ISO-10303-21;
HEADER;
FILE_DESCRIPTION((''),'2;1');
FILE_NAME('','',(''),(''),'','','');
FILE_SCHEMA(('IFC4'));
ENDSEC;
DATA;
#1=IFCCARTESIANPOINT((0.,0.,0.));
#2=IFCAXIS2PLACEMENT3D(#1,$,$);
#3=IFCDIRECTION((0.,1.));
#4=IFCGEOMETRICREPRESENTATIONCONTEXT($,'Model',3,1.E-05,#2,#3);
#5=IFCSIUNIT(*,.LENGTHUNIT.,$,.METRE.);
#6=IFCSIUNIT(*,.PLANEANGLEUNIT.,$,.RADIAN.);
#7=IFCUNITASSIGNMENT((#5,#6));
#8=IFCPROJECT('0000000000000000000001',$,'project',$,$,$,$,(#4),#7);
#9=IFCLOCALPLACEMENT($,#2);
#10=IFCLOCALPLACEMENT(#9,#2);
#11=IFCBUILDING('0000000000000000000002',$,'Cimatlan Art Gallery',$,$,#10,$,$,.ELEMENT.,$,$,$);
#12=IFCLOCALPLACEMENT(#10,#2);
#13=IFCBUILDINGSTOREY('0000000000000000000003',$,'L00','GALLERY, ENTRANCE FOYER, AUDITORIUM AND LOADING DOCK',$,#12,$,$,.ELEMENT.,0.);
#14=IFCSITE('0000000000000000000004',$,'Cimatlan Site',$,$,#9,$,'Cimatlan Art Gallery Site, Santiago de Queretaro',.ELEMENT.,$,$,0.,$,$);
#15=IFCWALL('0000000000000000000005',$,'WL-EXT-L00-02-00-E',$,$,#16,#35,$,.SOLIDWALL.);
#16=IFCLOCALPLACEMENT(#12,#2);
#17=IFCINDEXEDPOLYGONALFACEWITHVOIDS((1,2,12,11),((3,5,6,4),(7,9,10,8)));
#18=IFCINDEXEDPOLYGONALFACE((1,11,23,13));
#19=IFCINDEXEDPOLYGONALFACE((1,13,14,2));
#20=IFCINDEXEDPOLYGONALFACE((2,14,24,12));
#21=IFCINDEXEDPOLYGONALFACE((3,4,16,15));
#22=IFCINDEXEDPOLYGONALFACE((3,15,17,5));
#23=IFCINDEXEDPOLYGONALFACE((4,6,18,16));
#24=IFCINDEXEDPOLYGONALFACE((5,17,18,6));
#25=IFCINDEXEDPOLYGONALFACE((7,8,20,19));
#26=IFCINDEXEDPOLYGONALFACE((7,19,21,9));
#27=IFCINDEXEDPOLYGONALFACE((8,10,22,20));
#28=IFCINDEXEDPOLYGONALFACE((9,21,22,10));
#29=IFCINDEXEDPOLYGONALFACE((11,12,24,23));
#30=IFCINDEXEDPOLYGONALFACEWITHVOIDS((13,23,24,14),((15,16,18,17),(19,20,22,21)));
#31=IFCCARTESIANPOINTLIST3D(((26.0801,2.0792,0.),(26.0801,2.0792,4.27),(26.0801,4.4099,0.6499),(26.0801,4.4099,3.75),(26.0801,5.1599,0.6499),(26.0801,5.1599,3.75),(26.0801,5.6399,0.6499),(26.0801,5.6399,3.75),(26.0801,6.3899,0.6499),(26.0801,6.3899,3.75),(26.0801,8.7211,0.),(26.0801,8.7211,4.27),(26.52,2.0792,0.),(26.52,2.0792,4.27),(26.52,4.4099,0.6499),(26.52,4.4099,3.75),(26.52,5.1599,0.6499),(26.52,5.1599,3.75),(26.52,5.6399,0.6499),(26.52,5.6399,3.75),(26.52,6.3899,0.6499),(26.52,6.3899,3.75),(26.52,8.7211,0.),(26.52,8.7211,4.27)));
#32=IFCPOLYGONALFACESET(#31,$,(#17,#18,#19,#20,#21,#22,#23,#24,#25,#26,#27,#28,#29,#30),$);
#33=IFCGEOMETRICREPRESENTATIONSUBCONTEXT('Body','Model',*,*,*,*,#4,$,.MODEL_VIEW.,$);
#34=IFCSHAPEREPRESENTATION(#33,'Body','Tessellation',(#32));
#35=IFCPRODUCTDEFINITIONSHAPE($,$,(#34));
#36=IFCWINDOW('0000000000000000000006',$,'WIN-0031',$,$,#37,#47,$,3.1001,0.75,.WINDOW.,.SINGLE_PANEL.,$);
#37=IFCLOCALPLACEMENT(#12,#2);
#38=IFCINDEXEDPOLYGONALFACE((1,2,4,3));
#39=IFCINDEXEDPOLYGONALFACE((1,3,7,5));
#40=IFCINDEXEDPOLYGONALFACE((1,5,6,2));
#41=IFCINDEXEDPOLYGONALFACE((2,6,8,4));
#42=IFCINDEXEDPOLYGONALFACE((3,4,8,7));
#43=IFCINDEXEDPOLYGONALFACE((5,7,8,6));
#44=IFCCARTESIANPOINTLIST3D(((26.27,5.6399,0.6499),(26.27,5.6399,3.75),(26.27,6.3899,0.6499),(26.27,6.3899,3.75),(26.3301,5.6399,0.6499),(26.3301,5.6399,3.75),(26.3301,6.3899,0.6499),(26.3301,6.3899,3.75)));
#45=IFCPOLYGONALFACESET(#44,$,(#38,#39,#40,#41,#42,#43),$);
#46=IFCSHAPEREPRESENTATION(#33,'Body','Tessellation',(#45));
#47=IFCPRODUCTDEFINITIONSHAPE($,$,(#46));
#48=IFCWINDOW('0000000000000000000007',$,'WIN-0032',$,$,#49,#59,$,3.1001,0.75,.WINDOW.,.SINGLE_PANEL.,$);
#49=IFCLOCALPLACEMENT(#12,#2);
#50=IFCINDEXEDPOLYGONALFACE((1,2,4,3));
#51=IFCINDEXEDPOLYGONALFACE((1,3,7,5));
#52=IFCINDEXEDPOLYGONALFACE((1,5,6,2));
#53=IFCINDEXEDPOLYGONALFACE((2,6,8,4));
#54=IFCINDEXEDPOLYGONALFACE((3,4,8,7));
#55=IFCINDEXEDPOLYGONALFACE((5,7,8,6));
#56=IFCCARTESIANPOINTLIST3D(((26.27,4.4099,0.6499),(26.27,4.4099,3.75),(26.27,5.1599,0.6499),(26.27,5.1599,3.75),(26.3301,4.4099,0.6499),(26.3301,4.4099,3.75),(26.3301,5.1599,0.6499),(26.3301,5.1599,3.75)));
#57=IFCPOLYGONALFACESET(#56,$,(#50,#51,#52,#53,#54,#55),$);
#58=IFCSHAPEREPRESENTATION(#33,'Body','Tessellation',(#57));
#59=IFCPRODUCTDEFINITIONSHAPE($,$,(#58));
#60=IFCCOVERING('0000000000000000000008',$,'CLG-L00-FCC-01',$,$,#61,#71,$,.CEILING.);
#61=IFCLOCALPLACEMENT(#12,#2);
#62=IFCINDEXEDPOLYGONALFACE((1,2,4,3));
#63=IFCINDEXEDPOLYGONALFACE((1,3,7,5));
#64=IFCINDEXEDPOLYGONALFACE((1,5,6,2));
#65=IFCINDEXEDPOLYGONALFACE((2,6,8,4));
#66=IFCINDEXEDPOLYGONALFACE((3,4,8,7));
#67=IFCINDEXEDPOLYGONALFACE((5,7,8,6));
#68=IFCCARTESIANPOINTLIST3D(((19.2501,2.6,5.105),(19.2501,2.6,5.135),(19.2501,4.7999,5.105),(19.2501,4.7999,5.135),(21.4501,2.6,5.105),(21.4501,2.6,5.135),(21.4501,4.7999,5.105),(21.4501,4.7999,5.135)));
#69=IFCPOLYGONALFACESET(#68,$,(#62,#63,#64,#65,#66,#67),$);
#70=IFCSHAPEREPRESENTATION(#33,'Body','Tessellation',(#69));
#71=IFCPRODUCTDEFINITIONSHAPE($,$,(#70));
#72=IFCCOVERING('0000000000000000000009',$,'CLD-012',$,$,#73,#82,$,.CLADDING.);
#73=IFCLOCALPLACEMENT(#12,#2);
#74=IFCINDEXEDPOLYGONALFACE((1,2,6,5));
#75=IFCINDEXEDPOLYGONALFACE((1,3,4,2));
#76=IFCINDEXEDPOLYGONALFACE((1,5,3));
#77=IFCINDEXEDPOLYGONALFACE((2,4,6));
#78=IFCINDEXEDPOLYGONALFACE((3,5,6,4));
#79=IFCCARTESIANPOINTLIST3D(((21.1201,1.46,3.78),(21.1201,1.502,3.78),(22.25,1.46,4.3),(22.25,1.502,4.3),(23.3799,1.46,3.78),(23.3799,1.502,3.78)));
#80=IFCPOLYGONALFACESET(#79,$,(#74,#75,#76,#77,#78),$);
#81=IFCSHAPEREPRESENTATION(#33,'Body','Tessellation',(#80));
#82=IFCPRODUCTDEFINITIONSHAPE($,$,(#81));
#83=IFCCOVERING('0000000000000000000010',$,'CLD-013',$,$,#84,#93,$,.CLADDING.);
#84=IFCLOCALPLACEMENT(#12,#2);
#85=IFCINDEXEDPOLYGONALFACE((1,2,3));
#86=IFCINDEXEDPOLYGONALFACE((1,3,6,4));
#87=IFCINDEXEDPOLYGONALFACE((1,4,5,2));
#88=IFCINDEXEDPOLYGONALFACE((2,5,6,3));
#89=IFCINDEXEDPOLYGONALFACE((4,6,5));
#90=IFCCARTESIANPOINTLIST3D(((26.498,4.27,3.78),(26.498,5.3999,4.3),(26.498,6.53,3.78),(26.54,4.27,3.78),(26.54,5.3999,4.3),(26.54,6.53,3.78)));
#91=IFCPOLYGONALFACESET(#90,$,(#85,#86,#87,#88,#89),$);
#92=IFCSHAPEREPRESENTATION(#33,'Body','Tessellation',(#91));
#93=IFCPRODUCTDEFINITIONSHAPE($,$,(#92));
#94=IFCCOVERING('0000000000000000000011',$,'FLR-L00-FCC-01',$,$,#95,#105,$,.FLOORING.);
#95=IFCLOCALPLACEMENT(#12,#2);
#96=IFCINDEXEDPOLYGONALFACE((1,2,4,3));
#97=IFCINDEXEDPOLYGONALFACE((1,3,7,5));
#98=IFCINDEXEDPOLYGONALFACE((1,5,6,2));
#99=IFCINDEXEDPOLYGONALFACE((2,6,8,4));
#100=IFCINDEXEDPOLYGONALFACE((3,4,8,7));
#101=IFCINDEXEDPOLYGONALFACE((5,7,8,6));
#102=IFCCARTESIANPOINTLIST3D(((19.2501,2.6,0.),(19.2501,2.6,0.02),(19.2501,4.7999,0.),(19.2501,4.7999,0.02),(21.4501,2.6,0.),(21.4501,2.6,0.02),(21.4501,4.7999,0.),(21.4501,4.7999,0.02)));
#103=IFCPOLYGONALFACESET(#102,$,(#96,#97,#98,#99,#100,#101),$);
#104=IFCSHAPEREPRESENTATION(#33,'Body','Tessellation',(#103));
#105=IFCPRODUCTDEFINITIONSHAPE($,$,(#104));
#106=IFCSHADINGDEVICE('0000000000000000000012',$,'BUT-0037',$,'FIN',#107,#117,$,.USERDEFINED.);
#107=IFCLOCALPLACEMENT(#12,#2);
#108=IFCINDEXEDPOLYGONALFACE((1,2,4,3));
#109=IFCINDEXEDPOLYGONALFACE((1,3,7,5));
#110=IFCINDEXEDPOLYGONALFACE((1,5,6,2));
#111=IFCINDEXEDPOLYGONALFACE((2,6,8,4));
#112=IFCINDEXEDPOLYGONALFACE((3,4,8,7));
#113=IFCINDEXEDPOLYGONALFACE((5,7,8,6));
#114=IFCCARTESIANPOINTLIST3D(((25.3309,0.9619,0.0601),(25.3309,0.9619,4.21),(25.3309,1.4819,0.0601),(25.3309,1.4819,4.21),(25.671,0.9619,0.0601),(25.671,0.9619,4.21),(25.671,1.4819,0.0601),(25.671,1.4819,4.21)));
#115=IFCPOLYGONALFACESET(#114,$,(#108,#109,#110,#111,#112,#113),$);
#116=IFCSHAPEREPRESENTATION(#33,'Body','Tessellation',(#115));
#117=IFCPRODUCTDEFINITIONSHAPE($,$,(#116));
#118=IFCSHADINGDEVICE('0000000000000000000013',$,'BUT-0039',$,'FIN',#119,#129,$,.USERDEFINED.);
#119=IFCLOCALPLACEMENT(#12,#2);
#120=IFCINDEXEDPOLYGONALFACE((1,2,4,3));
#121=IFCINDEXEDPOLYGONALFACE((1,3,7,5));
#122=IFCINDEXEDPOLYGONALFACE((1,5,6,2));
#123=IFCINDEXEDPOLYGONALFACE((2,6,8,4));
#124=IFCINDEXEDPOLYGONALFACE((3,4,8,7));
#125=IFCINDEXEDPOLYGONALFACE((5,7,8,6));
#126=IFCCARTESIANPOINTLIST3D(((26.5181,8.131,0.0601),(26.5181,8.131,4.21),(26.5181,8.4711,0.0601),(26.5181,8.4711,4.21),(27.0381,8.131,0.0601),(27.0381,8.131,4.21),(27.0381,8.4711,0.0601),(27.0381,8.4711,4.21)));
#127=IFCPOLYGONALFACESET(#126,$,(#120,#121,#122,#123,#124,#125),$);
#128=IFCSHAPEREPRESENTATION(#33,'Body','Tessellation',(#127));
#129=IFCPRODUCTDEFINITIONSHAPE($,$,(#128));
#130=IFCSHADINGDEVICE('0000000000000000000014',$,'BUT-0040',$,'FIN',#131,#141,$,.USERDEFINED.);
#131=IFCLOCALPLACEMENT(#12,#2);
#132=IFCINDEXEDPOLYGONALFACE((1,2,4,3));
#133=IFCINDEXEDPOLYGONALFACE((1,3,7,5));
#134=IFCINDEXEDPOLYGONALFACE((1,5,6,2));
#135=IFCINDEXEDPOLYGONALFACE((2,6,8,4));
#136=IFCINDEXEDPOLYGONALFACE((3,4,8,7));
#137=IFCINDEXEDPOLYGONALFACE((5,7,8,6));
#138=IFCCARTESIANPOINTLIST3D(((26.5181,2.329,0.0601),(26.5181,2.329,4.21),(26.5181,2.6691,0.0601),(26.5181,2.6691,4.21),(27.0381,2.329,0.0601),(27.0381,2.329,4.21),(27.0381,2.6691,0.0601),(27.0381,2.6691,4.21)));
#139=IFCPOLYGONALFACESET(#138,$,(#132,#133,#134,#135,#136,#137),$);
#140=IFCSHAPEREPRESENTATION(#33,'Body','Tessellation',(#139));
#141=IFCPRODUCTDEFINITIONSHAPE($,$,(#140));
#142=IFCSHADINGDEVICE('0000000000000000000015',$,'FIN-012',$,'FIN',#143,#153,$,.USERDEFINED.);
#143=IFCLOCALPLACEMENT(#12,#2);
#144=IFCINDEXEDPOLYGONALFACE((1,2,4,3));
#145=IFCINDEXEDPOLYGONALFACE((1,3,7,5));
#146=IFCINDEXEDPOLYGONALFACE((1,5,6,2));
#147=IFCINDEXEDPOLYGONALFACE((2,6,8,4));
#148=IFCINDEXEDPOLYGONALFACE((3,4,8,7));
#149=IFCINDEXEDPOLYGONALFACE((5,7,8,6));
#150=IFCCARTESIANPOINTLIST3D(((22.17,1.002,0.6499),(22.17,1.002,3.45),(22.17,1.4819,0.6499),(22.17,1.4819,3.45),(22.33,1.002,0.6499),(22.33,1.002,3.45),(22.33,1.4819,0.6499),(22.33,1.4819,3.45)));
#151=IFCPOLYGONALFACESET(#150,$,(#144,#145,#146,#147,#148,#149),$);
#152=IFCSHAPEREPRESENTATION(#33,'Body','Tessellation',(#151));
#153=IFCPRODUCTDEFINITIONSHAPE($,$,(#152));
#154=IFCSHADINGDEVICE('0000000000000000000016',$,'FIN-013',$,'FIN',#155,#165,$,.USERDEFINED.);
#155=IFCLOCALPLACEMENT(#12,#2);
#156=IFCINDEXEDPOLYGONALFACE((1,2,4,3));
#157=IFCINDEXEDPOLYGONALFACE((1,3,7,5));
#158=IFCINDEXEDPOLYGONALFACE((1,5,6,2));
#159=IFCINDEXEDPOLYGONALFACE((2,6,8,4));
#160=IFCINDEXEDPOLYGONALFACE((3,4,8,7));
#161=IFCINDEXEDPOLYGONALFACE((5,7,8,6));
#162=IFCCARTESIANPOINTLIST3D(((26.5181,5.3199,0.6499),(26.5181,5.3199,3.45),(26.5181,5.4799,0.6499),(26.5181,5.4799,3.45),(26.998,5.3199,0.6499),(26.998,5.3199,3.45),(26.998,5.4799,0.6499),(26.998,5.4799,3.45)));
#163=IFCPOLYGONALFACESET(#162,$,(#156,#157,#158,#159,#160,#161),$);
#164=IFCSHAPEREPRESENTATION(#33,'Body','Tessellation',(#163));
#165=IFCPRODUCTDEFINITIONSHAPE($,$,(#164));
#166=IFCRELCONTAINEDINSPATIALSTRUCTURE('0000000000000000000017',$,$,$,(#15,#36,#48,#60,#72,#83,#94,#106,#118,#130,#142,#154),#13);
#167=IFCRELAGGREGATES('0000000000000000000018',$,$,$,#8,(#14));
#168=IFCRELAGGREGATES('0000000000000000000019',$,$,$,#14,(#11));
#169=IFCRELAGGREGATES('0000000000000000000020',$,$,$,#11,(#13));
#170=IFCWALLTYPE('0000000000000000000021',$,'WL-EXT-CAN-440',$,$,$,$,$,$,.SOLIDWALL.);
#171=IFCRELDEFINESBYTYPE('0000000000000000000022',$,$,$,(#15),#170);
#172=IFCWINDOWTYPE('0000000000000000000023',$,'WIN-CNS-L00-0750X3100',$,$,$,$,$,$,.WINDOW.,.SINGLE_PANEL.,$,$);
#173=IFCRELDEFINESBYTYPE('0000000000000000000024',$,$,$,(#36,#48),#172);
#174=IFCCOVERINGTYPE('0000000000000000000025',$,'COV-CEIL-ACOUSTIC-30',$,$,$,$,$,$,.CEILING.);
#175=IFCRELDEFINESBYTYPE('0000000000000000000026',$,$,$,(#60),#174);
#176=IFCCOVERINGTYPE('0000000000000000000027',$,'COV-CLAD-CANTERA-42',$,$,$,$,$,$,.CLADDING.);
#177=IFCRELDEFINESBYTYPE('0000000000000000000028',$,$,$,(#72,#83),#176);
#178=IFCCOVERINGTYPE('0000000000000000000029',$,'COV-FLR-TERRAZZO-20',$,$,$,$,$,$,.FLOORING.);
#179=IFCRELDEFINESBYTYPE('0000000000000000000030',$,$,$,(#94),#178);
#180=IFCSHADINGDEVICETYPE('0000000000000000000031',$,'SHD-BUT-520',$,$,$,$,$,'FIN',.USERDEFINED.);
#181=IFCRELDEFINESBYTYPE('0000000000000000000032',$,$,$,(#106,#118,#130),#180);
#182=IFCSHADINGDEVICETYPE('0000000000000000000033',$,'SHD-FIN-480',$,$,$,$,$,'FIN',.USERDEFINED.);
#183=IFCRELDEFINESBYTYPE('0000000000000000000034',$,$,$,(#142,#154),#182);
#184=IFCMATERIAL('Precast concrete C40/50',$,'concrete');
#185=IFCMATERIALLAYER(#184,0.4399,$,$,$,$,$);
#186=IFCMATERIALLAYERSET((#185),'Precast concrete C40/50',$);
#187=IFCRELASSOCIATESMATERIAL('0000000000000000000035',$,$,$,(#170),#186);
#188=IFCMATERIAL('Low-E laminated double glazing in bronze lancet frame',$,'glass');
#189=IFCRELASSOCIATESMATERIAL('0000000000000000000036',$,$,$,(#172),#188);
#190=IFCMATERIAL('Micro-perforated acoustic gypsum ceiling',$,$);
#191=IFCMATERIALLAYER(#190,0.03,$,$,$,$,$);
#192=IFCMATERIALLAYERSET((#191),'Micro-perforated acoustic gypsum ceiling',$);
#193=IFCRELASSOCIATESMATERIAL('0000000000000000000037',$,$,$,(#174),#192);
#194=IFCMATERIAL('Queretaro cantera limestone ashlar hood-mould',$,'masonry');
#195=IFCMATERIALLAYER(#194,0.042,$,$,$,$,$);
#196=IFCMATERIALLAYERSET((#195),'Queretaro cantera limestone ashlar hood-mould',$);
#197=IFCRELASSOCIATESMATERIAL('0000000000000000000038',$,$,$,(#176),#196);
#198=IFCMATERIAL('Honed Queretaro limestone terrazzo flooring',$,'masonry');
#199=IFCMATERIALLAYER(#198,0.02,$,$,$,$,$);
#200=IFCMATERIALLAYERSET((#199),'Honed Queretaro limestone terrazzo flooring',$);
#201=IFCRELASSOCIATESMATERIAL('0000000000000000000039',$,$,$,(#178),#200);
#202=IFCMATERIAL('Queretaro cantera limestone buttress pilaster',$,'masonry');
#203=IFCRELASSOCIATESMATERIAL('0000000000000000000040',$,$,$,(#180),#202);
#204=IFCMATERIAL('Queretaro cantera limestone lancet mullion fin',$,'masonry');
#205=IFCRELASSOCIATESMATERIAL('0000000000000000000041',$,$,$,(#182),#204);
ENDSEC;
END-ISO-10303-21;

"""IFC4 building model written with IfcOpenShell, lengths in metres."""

from ifc_helpers import new_model, si_unit, direction, frame, frame_2d, origin, origin_2d, place, context, subcontext, project, spatial, polyline, rectangle, outline, extrude, material, layer, layer_set, type_object, element, fill, save


model = new_model("IFC4")

# Units and contexts
model_context = context("Model", 3, precision=1e-05, world=origin(), true_north=direction((0.0, 1.0)))
body_context = subcontext(model_context, "Body", "Model", "MODEL_VIEW")
ifc_project = project(units=[si_unit("LENGTHUNIT", "METRE"), si_unit("PLANEANGLEUNIT", "RADIAN")], contexts=[model_context])

# Site, building, storey
site_placement = place(None, origin())
site = spatial("IfcSite", under=ifc_project, at=site_placement, Name="Cimatlan Site", LongName="Cimatlan Art Gallery Site, Santiago de Queretaro", CompositionType="ELEMENT", RefElevation=0.0)
building_placement = place(site_placement, origin())
building = spatial("IfcBuilding", under=site, at=building_placement, Name="Cimatlan Art Gallery", CompositionType="ELEMENT")
storey_placement = place(building_placement, origin())
storey = spatial("IfcBuildingStorey", under=building, at=storey_placement, Name="L00", Description="GALLERY, ENTRANCE FOYER, AUDITORIUM AND LOADING DOCK", CompositionType="ELEMENT", Elevation=0.0)

# Wall, openings, windows
ifc_material_1 = material(Name="Precast concrete C40/50", Category="concrete")
ifc_layer_1 = layer(ifc_material_1, 0.4399)
ifc_layer_set_1 = layer_set([ifc_layer_1], Name="Precast concrete C40/50")
wall_type = type_object("IfcWallType", Name="WL-EXT-CAN-440", PredefinedType="SOLIDWALL", material=ifc_layer_set_1)
ifc_material_2 = material(Name="Low-E laminated double glazing in bronze lancet frame", Category="glass")
window_type = type_object("IfcWindowType", Name="WIN-CNS-L00-0750X3100", PartitioningType="SINGLE_PANEL", PredefinedType="WINDOW", material=ifc_material_2)
wall_1_placement = place(storey_placement, frame((26.3, 8.7209, 0.0), z_axis=(0.0, 0.0, 1.0), x_axis=(0.0, -1.0, 0.0)))
wall_1 = element("IfcWall", 1, at=wall_1_placement, inside=storey, type_object=wall_type, Name="WL-EXT-L00-02-00-E", PredefinedType="SOLIDWALL", context=body_context, shape_type="SweptSolid", body=[
    extrude(rectangle(XDim=6.6418, YDim=0.4399, at=frame_2d((3.3208, 0.0))), origin(), (0.0, 0.0, 1.0), 4.27),
])
opening_1_placement = place(wall_1_placement, frame((2.3311, 0.0, 0.6499)))
opening_1 = element("IfcOpeningElement", 2, at=opening_1_placement, cuts=wall_1, PredefinedType="OPENING", context=body_context, shape_type="SweptSolid", body=[
    extrude(rectangle(XDim=0.75, YDim=3.1001, at=frame_2d((0.375, 1.55))), frame((0.0, 0.23, 0.0), z_axis=(0.0, -1.0, 0.0), x_axis=(1.0, 0.0, 0.0)), (0.0, 0.0, 1.0), 0.46),
])
opening_2_placement = place(wall_1_placement, frame((3.561, 0.0, 0.6499)))
opening_2 = element("IfcOpeningElement", 3, at=opening_2_placement, cuts=wall_1, PredefinedType="OPENING", context=body_context, shape_type="SweptSolid", body=[
    extrude(rectangle(XDim=0.75, YDim=3.1001, at=frame_2d((0.375, 1.55))), frame((0.0, 0.23, 0.0), z_axis=(0.0, -1.0, 0.0), x_axis=(1.0, 0.0, 0.0)), (0.0, 0.0, 1.0), 0.46),
])
window_1_placement = place(opening_1_placement, origin())
window_1 = element("IfcWindow", 4, at=window_1_placement, inside=storey, type_object=window_type, Name="WIN-0031", OverallHeight=3.1001, OverallWidth=0.75, PartitioningType="SINGLE_PANEL", PredefinedType="WINDOW", context=body_context, shape_type="SweptSolid", body=[
    extrude(rectangle(XDim=0.75, YDim=3.1001, at=frame_2d((0.375, 1.55))), frame((0.0, 0.03, 0.0), z_axis=(0.0, -1.0, 0.0), x_axis=(1.0, 0.0, 0.0)), (0.0, 0.0, 1.0), 0.0601),
])
fill(opening_1, window_1)
window_2_placement = place(opening_2_placement, origin())
window_2 = element("IfcWindow", 5, at=window_2_placement, inside=storey, type_object=window_type, Name="WIN-0032", OverallHeight=3.1001, OverallWidth=0.75, PartitioningType="SINGLE_PANEL", PredefinedType="WINDOW", context=body_context, shape_type="SweptSolid", body=[
    extrude(rectangle(XDim=0.75, YDim=3.1001, at=frame_2d((0.375, 1.55))), frame((0.0, 0.03, 0.0), z_axis=(0.0, -1.0, 0.0), x_axis=(1.0, 0.0, 0.0)), (0.0, 0.0, 1.0), 0.0601),
])
fill(opening_2, window_2)

# Coverings
ifc_material_3 = material(Name="Micro-perforated acoustic gypsum ceiling")
ifc_layer_2 = layer(ifc_material_3, 0.03)
ifc_layer_set_2 = layer_set([ifc_layer_2], Name="Micro-perforated acoustic gypsum ceiling")
covering_type_1 = type_object("IfcCoveringType", Name="COV-CEIL-ACOUSTIC-30", PredefinedType="CEILING", material=ifc_layer_set_2)
covering_1_placement = place(storey_placement, frame((20.3501, 3.7, 5.105), z_axis=(0.0, 0.0, 1.0), x_axis=(1.0, 0.0, 0.0)))
element("IfcCovering", 6, at=covering_1_placement, inside=storey, type_object=covering_type_1, Name="CLG-L00-FCC-01", PredefinedType="CEILING", context=body_context, shape_type="SweptSolid", body=[
    extrude(rectangle(XDim=2.2, YDim=2.2, at=origin_2d()), origin(), (0.0, 0.0, 1.0), 0.03),
])
ifc_material_4 = material(Name="Queretaro cantera limestone ashlar hood-mould", Category="masonry")
ifc_layer_3 = layer(ifc_material_4, 0.042)
ifc_layer_set_3 = layer_set([ifc_layer_3], Name="Queretaro cantera limestone ashlar hood-mould")
covering_type_2 = type_object("IfcCoveringType", Name="COV-CLAD-CANTERA-42", PredefinedType="CLADDING", material=ifc_layer_set_3)
covering_2_placement = place(storey_placement, frame((23.3799, 1.502, 3.78), z_axis=(0.0, 1.0, 0.0), x_axis=(-1.0, 0.0, 0.0)))
element("IfcCovering", 7, at=covering_2_placement, inside=storey, type_object=covering_type_2, Name="CLD-012", PredefinedType="CLADDING", context=body_context, shape_type="SweptSolid", body=[
    extrude(outline(polyline([(0.0, 0.0), (2.2598, 0.0), (1.1299, 0.52), (0.0, 0.0)])), origin(), (0.0, 0.0, -1.0), 0.042),
])
covering_3_placement = place(storey_placement, frame((26.498, 6.53, 3.78), z_axis=(-1.0, 0.0, 0.0), x_axis=(0.0, -1.0, 0.0)))
element("IfcCovering", 8, at=covering_3_placement, inside=storey, type_object=covering_type_2, Name="CLD-013", PredefinedType="CLADDING", context=body_context, shape_type="SweptSolid", body=[
    extrude(outline(polyline([(0.0, 0.0), (2.26, 0.0), (1.1301, 0.52), (0.0, 0.0)])), origin(), (0.0, 0.0, -1.0), 0.042),
])
ifc_material_5 = material(Name="Honed Queretaro limestone terrazzo flooring", Category="masonry")
ifc_layer_4 = layer(ifc_material_5, 0.02)
ifc_layer_set_4 = layer_set([ifc_layer_4], Name="Honed Queretaro limestone terrazzo flooring")
covering_type_3 = type_object("IfcCoveringType", Name="COV-FLR-TERRAZZO-20", PredefinedType="FLOORING", material=ifc_layer_set_4)
covering_4_placement = place(storey_placement, frame((20.3501, 3.7, 0.0), z_axis=(0.0, 0.0, 1.0), x_axis=(1.0, 0.0, 0.0)))
element("IfcCovering", 9, at=covering_4_placement, inside=storey, type_object=covering_type_3, Name="FLR-L00-FCC-01", PredefinedType="FLOORING", context=body_context, shape_type="SweptSolid", body=[
    extrude(rectangle(XDim=2.2, YDim=2.2, at=origin_2d()), origin(), (0.0, 0.0, 1.0), 0.02),
])

# Shading devices
ifc_material_6 = material(Name="Queretaro cantera limestone buttress pilaster", Category="masonry")
shading_device_type_1 = type_object("IfcShadingDeviceType", Name="SHD-BUT-520", ElementType="FIN", PredefinedType="USERDEFINED", material=ifc_material_6)
for number, where, z_axis, x_axis, name in (
    (10, (25.501, 1.2219, 0.0601), (0.0, 0.0, 1.0), (-1.0, 0.0, 0.0), "BUT-0037"),
    (11, (26.7781, 8.301, 0.0601), (0.0, 0.0, 1.0), (0.0, -1.0, 0.0), "BUT-0039"),
    (12, (26.7781, 2.499, 0.0601), (0.0, 0.0, 1.0), (0.0, -1.0, 0.0), "BUT-0040"),
):
    element("IfcShadingDevice", number, at=place(storey_placement, frame(where, z_axis=z_axis, x_axis=x_axis)), inside=storey, type_object=shading_device_type_1, Name=name, ObjectType="FIN", PredefinedType="USERDEFINED", context=body_context, shape_type="SweptSolid", body=[
        extrude(rectangle(XDim=0.3401, YDim=0.52, at=origin_2d()), origin(), (0.0, 0.0, 1.0), 4.1499),
    ])
ifc_material_7 = material(Name="Queretaro cantera limestone lancet mullion fin", Category="masonry")
shading_device_type_2 = type_object("IfcShadingDeviceType", Name="SHD-FIN-480", ElementType="FIN", PredefinedType="USERDEFINED", material=ifc_material_7)
for number, where, z_axis, x_axis, name in (
    (13, (22.25, 1.2419, 0.6499), (0.0, 0.0, 1.0), (-1.0, 0.0, 0.0), "FIN-012"),
    (14, (26.7581, 5.3999, 0.6499), (0.0, 0.0, 1.0), (0.0, -1.0, 0.0), "FIN-013"),
):
    element("IfcShadingDevice", number, at=place(storey_placement, frame(where, z_axis=z_axis, x_axis=x_axis)), inside=storey, type_object=shading_device_type_2, Name=name, ObjectType="FIN", PredefinedType="USERDEFINED", context=body_context, shape_type="SweptSolid", body=[
        extrude(rectangle(XDim=0.1599, YDim=0.48, at=origin_2d()), origin(), (0.0, 0.0, 1.0), 2.8),
    ])

save(model, "model.ifc")
